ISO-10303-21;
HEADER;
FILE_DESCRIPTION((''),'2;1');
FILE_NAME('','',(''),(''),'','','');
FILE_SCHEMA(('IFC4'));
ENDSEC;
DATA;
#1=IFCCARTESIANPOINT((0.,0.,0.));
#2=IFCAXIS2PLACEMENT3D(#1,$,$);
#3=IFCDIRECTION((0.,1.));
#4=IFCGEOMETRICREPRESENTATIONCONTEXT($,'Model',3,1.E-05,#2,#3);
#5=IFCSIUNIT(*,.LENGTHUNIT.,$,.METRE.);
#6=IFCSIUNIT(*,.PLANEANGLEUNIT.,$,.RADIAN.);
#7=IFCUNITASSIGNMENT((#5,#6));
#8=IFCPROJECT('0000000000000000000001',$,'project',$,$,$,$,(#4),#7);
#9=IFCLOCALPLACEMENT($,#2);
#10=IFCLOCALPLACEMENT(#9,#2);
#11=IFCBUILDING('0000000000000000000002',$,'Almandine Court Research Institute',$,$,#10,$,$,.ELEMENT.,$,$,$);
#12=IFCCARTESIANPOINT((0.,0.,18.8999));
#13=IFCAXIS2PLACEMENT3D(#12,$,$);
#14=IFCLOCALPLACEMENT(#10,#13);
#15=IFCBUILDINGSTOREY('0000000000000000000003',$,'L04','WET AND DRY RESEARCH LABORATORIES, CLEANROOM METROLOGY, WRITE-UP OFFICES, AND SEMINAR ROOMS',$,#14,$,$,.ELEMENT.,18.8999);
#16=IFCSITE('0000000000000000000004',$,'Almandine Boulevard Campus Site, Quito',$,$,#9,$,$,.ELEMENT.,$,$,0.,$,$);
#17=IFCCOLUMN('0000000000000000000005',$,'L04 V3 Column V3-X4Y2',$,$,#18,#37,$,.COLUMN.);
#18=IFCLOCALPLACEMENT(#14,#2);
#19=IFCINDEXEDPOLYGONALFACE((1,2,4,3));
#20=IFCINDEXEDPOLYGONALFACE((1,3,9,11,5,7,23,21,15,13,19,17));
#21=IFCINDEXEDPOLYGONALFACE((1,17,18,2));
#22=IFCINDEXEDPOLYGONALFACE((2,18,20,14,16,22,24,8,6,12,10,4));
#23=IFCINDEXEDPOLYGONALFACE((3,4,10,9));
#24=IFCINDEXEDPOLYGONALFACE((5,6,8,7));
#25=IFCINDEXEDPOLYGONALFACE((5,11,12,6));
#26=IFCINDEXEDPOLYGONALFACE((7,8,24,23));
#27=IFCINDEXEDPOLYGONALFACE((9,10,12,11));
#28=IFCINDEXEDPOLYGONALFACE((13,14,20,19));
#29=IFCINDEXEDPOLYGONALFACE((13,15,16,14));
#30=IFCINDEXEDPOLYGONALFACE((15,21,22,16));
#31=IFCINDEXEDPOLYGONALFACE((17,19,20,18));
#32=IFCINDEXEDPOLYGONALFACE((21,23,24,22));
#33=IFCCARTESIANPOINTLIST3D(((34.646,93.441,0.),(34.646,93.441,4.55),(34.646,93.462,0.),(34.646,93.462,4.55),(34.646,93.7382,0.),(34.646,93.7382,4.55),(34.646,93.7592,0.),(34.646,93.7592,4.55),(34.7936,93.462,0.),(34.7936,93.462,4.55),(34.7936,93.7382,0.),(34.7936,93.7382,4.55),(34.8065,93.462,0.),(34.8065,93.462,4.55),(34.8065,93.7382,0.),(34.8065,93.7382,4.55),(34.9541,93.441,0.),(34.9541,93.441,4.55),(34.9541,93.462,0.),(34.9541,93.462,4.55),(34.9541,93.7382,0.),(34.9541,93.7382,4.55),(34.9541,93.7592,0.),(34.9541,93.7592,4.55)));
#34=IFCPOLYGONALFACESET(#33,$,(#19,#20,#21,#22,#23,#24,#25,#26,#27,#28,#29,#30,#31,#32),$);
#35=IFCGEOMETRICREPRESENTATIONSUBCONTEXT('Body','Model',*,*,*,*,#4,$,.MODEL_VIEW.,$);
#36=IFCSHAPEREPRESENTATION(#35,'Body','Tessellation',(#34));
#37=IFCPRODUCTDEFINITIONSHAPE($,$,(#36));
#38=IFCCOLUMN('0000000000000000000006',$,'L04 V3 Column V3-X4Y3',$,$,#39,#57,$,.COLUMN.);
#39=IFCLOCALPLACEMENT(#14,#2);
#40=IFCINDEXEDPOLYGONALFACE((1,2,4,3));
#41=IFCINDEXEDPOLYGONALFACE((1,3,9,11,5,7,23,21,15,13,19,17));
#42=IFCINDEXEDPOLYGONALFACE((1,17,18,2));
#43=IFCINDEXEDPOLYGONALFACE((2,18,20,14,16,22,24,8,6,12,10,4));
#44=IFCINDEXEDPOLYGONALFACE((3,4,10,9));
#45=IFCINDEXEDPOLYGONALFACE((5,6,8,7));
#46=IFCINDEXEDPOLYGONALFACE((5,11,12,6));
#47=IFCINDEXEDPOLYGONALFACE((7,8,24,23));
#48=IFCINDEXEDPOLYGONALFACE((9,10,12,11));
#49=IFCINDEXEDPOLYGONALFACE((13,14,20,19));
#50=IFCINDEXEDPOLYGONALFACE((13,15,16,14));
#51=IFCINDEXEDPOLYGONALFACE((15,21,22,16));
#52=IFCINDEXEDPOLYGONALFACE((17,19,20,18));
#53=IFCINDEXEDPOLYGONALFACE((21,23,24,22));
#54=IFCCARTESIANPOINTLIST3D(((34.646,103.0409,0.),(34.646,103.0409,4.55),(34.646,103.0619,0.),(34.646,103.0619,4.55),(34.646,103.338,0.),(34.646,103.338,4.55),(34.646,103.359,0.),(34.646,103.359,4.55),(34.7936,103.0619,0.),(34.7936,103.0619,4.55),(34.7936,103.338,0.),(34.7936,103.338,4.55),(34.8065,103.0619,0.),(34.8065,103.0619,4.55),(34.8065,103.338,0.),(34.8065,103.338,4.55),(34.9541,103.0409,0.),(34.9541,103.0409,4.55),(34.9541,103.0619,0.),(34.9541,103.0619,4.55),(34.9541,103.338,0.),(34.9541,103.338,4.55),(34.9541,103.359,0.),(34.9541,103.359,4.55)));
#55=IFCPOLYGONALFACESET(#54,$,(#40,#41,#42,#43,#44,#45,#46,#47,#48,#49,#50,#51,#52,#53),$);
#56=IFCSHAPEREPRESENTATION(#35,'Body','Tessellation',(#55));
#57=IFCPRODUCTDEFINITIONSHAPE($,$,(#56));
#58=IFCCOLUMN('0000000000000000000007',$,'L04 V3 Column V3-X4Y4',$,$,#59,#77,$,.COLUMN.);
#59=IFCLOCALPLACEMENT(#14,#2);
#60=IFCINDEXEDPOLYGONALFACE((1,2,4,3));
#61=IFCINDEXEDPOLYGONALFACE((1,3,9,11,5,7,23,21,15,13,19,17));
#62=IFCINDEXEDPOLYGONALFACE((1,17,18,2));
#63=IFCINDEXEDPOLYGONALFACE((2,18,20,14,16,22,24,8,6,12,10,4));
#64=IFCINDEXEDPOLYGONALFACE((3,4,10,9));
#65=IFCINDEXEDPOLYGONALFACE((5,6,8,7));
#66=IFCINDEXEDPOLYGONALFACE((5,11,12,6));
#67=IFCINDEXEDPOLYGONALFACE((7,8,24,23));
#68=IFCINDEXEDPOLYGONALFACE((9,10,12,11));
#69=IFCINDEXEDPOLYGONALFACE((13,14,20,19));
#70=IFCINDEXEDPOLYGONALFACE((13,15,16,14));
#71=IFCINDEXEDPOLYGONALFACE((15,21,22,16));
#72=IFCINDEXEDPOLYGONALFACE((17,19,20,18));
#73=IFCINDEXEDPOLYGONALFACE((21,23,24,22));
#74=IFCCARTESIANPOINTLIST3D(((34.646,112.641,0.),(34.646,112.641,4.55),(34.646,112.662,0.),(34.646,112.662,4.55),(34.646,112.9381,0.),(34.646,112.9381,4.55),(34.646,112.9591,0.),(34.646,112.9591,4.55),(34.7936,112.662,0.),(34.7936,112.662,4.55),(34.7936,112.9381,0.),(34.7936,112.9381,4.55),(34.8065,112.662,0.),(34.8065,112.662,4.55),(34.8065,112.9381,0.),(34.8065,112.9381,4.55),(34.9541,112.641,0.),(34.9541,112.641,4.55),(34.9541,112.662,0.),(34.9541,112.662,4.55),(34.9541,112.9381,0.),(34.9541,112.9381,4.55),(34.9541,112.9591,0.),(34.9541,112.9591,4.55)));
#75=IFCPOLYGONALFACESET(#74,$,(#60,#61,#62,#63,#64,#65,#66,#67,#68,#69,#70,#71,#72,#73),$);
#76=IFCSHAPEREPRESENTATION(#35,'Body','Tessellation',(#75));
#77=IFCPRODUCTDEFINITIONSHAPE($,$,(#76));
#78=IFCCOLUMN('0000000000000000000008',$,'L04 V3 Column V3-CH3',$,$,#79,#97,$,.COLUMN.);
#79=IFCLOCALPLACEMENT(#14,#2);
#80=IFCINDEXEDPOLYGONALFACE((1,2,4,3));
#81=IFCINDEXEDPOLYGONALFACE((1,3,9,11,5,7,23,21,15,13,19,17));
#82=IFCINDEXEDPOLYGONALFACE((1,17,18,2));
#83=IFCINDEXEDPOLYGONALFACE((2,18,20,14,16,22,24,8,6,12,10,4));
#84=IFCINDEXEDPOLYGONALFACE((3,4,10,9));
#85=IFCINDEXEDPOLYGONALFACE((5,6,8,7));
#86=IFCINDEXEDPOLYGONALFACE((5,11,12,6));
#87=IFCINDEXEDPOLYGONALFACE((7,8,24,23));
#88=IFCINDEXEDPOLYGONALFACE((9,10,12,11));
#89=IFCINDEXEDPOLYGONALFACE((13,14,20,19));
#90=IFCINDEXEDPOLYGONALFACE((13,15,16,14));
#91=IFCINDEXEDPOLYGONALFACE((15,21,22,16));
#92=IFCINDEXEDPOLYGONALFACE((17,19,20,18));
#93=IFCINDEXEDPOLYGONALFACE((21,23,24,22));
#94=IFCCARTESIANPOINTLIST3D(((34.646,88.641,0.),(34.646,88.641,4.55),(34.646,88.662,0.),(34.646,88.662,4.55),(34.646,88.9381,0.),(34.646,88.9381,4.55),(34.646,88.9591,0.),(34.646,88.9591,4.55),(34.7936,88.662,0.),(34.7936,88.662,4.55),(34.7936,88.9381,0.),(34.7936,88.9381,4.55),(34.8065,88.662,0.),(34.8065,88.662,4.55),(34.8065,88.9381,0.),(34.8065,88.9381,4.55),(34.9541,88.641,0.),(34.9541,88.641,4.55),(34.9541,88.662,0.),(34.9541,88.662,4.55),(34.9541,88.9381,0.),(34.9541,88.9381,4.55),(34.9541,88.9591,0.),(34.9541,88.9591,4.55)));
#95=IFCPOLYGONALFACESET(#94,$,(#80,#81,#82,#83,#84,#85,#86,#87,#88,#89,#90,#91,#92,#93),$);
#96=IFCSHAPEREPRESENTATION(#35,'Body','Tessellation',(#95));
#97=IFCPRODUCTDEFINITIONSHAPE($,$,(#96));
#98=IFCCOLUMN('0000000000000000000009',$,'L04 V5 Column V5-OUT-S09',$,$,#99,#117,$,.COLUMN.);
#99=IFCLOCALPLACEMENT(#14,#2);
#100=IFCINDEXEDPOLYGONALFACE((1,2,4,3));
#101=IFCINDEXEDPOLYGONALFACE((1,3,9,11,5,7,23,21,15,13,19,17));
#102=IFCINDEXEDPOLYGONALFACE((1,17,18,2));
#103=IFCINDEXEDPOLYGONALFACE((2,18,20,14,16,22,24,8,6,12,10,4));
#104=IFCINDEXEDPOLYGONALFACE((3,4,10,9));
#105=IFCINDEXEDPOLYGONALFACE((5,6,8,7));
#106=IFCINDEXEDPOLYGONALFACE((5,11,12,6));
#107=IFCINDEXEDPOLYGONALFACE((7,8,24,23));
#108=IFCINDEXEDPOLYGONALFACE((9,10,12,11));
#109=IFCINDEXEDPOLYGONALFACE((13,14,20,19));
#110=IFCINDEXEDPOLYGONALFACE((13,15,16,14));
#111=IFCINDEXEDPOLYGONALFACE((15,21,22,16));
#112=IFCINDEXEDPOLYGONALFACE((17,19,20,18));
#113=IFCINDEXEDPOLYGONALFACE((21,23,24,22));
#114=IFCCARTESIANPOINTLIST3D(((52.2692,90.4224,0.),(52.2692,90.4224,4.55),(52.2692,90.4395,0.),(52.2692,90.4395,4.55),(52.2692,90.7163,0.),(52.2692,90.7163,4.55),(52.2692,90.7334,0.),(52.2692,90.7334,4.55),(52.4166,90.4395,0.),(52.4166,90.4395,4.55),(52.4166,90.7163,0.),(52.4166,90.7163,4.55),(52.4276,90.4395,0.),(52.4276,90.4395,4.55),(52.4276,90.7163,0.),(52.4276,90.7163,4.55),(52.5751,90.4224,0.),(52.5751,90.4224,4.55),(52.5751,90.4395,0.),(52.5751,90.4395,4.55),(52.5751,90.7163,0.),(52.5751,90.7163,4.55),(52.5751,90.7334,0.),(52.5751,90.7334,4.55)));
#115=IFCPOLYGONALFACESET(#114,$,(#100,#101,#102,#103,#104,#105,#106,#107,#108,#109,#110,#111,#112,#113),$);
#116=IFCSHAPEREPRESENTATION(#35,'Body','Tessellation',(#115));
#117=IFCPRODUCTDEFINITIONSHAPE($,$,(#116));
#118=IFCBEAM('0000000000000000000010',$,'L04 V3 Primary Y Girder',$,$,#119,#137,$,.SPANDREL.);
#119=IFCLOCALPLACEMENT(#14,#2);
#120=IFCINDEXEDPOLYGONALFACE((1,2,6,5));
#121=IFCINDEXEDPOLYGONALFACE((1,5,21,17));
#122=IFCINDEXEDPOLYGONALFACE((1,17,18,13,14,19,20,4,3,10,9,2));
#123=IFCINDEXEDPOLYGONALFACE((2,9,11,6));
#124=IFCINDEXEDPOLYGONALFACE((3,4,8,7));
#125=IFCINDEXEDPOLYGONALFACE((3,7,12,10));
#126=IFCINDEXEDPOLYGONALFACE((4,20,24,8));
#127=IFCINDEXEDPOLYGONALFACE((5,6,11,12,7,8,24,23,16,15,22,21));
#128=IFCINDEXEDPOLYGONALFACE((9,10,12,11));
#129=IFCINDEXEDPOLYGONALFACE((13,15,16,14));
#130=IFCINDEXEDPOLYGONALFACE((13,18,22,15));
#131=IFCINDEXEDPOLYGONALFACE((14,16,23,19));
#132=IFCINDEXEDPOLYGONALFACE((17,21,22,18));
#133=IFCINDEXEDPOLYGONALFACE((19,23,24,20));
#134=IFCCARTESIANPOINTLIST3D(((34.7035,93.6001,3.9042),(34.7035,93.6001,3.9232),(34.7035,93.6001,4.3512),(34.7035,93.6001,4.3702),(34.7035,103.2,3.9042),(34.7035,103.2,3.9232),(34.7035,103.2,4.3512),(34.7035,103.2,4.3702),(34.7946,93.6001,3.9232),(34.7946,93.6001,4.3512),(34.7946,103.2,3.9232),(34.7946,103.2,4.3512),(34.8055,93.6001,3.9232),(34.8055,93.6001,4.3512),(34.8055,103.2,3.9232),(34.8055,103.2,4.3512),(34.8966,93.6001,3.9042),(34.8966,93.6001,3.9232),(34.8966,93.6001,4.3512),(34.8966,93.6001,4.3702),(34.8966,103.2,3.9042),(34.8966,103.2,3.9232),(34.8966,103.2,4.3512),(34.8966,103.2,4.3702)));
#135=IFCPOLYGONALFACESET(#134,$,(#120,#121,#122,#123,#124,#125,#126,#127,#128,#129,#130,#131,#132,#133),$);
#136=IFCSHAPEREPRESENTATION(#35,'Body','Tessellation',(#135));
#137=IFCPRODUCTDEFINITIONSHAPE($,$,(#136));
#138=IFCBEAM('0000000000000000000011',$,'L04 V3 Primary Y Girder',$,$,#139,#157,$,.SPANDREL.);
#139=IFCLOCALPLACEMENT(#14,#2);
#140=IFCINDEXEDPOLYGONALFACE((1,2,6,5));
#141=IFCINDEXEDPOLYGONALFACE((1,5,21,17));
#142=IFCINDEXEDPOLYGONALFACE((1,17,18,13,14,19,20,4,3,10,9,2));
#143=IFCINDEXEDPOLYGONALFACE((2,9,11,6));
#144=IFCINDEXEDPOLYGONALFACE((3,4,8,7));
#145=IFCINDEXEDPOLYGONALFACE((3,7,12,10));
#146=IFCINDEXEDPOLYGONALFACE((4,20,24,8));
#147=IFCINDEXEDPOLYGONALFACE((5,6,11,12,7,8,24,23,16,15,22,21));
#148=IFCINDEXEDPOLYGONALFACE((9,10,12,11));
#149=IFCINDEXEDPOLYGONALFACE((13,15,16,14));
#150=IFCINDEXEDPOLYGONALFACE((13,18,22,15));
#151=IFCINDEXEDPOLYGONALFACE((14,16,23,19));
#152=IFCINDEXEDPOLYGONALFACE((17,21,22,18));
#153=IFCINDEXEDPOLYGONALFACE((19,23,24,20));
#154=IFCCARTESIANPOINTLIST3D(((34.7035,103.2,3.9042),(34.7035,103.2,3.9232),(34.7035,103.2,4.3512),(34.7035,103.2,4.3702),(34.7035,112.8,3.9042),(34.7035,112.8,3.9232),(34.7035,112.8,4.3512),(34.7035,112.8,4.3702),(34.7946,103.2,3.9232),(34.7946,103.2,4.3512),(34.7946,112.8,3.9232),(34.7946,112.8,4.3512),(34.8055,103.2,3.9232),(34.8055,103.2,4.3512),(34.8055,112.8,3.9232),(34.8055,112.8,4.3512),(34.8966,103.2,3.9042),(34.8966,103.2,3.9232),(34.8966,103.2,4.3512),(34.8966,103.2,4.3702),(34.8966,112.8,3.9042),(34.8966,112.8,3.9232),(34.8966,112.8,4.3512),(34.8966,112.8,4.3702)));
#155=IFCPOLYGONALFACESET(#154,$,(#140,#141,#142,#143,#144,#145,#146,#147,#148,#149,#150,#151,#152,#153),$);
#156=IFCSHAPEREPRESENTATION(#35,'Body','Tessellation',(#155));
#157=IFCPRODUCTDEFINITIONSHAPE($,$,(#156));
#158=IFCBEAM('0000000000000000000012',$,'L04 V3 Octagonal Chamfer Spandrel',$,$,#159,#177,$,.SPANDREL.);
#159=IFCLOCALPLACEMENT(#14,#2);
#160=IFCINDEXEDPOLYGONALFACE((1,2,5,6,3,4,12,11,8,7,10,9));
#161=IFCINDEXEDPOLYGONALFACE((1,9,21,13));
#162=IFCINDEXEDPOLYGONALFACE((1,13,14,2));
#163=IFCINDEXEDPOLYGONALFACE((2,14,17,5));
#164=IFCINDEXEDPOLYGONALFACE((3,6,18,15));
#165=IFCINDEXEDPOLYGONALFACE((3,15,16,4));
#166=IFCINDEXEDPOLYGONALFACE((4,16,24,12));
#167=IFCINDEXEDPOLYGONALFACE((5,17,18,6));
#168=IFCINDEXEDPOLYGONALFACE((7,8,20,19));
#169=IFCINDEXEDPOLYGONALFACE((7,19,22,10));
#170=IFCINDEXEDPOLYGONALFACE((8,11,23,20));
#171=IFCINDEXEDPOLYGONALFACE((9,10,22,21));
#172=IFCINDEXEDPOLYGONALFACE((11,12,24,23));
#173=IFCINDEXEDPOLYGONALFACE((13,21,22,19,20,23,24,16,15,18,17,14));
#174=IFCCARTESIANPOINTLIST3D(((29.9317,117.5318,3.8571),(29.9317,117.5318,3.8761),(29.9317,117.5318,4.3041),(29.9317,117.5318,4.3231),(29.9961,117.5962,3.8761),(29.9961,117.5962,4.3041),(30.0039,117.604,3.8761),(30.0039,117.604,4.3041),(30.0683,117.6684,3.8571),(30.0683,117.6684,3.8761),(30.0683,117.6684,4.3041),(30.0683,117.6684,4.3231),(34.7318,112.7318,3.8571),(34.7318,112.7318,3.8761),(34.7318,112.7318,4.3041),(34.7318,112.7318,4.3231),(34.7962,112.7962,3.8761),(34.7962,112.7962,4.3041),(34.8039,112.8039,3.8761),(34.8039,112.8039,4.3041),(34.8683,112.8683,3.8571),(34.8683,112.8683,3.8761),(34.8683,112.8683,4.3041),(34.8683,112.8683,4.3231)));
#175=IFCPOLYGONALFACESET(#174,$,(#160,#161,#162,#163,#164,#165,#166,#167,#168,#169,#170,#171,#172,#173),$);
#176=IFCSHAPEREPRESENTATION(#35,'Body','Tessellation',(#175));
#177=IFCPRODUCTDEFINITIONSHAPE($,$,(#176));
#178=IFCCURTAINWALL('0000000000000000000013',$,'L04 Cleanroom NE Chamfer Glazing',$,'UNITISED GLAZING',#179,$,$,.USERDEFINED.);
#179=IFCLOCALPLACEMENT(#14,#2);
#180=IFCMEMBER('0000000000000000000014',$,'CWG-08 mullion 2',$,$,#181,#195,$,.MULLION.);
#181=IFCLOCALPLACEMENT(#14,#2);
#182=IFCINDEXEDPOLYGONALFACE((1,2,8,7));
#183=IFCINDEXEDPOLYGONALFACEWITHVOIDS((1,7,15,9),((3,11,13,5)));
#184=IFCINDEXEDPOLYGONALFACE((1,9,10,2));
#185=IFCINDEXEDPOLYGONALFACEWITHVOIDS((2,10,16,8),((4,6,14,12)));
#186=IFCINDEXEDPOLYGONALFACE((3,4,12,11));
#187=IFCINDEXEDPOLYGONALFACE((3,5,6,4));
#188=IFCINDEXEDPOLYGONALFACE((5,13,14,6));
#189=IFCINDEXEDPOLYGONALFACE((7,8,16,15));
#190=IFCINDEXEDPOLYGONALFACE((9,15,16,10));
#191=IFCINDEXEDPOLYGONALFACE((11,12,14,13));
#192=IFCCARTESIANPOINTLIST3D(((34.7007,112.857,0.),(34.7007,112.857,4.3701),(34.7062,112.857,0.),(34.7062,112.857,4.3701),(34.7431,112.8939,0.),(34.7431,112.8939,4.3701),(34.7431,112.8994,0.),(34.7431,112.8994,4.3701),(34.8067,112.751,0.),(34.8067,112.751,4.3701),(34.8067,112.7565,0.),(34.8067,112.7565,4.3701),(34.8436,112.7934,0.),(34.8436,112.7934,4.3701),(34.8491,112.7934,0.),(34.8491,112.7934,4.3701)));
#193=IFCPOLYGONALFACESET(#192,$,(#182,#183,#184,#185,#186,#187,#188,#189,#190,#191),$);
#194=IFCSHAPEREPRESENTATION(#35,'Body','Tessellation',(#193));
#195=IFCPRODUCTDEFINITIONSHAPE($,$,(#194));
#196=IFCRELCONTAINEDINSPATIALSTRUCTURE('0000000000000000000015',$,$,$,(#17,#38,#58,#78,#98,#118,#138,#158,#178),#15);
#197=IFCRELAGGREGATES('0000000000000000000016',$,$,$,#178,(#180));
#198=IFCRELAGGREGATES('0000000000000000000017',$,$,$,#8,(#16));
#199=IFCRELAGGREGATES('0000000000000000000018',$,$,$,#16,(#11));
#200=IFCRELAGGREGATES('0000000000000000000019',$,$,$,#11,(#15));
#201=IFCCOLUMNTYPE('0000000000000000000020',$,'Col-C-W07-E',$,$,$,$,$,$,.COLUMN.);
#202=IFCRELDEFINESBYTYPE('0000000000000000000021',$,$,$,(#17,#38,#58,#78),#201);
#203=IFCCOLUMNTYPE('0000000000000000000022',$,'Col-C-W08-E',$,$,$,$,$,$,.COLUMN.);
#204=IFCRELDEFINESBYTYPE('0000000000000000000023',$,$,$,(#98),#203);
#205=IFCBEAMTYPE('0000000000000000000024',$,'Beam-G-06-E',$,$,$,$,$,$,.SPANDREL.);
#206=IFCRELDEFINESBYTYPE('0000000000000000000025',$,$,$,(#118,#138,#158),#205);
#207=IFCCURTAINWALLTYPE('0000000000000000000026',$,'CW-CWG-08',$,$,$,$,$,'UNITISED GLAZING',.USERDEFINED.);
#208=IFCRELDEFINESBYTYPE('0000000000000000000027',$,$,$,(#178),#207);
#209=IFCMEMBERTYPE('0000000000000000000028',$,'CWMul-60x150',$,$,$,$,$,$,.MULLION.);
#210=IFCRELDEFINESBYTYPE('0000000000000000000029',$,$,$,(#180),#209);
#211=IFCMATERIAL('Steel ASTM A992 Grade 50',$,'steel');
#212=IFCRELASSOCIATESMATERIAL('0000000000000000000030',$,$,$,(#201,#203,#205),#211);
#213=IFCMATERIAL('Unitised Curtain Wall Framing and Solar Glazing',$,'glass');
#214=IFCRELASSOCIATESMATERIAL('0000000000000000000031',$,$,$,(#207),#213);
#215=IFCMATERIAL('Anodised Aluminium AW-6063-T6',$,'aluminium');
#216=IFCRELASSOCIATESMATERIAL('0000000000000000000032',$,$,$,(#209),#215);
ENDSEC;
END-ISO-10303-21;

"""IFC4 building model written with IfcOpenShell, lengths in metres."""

from ifc_helpers import new_model, si_unit, direction, frame, origin, origin_2d, place, context, subcontext, project, spatial, hollow_rectangle, i_section, extrude, material, material_profile, profile_set, type_object, element, aggregate, save


model = new_model("IFC4")

# Units and contexts
model_context = context("Model", 3, precision=1e-05, world=origin(), true_north=direction((0.0, 1.0)))
body_context = subcontext(model_context, "Body", "Model", "MODEL_VIEW")
ifc_project = project(units=[si_unit("LENGTHUNIT", "METRE"), si_unit("PLANEANGLEUNIT", "RADIAN")], contexts=[model_context])

# Site, building, storey
site_placement = place(None, origin())
site = spatial("IfcSite", under=ifc_project, at=site_placement, Name="Almandine Boulevard Campus Site, Quito", CompositionType="ELEMENT", RefElevation=0.0)
building_placement = place(site_placement, origin())
building = spatial("IfcBuilding", under=site, at=building_placement, Name="Almandine Court Research Institute", CompositionType="ELEMENT")
storey_placement = place(building_placement, frame((0.0, 0.0, 18.8999)))
storey = spatial("IfcBuildingStorey", under=building, at=storey_placement, Name="L04", Description="WET AND DRY RESEARCH LABORATORIES, CLEANROOM METROLOGY, WRITE-UP OFFICES, AND SEMINAR ROOMS", CompositionType="ELEMENT", Elevation=18.8999)

# Columns
ifc_material_1 = material(Name="Steel ASTM A992 Grade 50", Category="steel")
ifc_material_profile_1 = material_profile(ifc_material_1, i_section(OverallWidth=0.3081, OverallDepth=0.3181, WebThickness=0.0129, FlangeThickness=0.021, at=origin_2d()), Name="W310x129")
ifc_profile_set_1 = profile_set([ifc_material_profile_1], Name="Steel ASTM A992 Grade 50")
column_type_1 = type_object("IfcColumnType", Name="Col-C-W07-E", PredefinedType="COLUMN", material=ifc_profile_set_1)
for number, where, z_axis, x_axis, name in (
    (1, (34.8, 93.6001, 0.0), (0.0, 0.0, 1.0), (1.0, 0.0, 0.0), "L04 V3 Column V3-X4Y2"),
    (2, (34.8, 103.2, 0.0), (0.0, 0.0, 1.0), (1.0, 0.0, 0.0), "L04 V3 Column V3-X4Y3"),
    (3, (34.8, 112.8, 0.0), (0.0, 0.0, 1.0), (1.0, 0.0, 0.0), "L04 V3 Column V3-X4Y4"),
    (4, (34.8, 88.8, 0.0), (0.0, 0.0, 1.0), (1.0, 0.0, 0.0), "L04 V3 Column V3-CH3"),
):
    element("IfcColumn", number, at=place(storey_placement, frame(where, z_axis=z_axis, x_axis=x_axis)), inside=storey, type_object=column_type_1, Name=name, PredefinedType="COLUMN", context=body_context, shape_type="SweptSolid", body=[
        extrude(i_section(OverallWidth=0.3081, OverallDepth=0.3181, WebThickness=0.0129, FlangeThickness=0.021, at=origin_2d()), origin(), (0.0, 0.0, 1.0), 4.55),
    ])
ifc_material_profile_2 = material_profile(ifc_material_1, i_section(OverallWidth=0.3059, OverallDepth=0.311, WebThickness=0.011, FlangeThickness=0.0171, at=origin_2d()), Name="W310x107")
ifc_profile_set_2 = profile_set([ifc_material_profile_2], Name="Steel ASTM A992 Grade 50")
column_type_2 = type_object("IfcColumnType", Name="Col-C-W08-E", PredefinedType="COLUMN", material=ifc_profile_set_2)
column_placement = place(storey_placement, frame((52.4221, 90.5779, 0.0), z_axis=(0.0, 0.0, 1.0), x_axis=(1.0, 0.0, 0.0)))
element("IfcColumn", 5, at=column_placement, inside=storey, type_object=column_type_2, Name="L04 V5 Column V5-OUT-S09", PredefinedType="COLUMN", context=body_context, shape_type="SweptSolid", body=[
    extrude(i_section(OverallWidth=0.3059, OverallDepth=0.311, WebThickness=0.011, FlangeThickness=0.0171, at=origin_2d()), origin(), (0.0, 0.0, 1.0), 4.55),
])

# Beams
ifc_material_profile_3 = material_profile(ifc_material_1, i_section(OverallWidth=0.1931, OverallDepth=0.4661, WebThickness=0.011, FlangeThickness=0.019, at=origin_2d()), Name="W460x97")
ifc_profile_set_3 = profile_set([ifc_material_profile_3], Name="Steel ASTM A992 Grade 50")
beam_type = type_object("IfcBeamType", Name="Beam-G-06-E", PredefinedType="SPANDREL", material=ifc_profile_set_3)
beam_1_placement = place(storey_placement, frame((34.8, 93.6001, 4.1372), z_axis=(0.0, 1.0, 0.0), x_axis=(-1.0, 0.0, 0.0)))
element("IfcBeam", 6, at=beam_1_placement, inside=storey, type_object=beam_type, Name="L04 V3 Primary Y Girder", PredefinedType="SPANDREL", context=body_context, shape_type="SweptSolid", body=[
    extrude(i_section(OverallWidth=0.1931, OverallDepth=0.4661, WebThickness=0.011, FlangeThickness=0.019, at=origin_2d()), origin(), (0.0, 0.0, 1.0), 9.5999),
])
beam_2_placement = place(storey_placement, frame((34.8, 103.2, 4.1372), z_axis=(0.0, 1.0, 0.0), x_axis=(-1.0, 0.0, 0.0)))
element("IfcBeam", 7, at=beam_2_placement, inside=storey, type_object=beam_type, Name="L04 V3 Primary Y Girder", PredefinedType="SPANDREL", context=body_context, shape_type="SweptSolid", body=[
    extrude(i_section(OverallWidth=0.1931, OverallDepth=0.4661, WebThickness=0.011, FlangeThickness=0.019, at=origin_2d()), origin(), (0.0, 0.0, 1.0), 9.6001),
])
beam_3_placement = place(storey_placement, frame((34.8, 112.8, 4.0901), z_axis=(-0.707107, 0.707107, 0.0), x_axis=(-0.707107, -0.707107, 0.0)))
element("IfcBeam", 8, at=beam_3_placement, inside=storey, type_object=beam_type, Name="L04 V3 Octagonal Chamfer Spandrel", PredefinedType="SPANDREL", context=body_context, shape_type="SweptSolid", body=[
    extrude(i_section(OverallWidth=0.1931, OverallDepth=0.4661, WebThickness=0.011, FlangeThickness=0.019, at=origin_2d()), origin(), (0.0, 0.0, 1.0), 6.7883),
])

# Curtain wall, member
ifc_material_2 = material(Name="Unitised Curtain Wall Framing and Solar Glazing", Category="glass")
curtain_wall_type_1 = type_object("IfcCurtainWallType", Name="CW-CWG-08", ElementType="UNITISED GLAZING", PredefinedType="USERDEFINED", material=ifc_material_2)
curtain_wall_1_placement = place(storey_placement, origin())
curtain_wall_1 = element("IfcCurtainWall", 9, at=curtain_wall_1_placement, inside=storey, type_object=curtain_wall_type_1, Name="L04 Cleanroom NE Chamfer Glazing", ObjectType="UNITISED GLAZING", PredefinedType="USERDEFINED")
ifc_material_3 = material(Name="Anodised Aluminium AW-6063-T6", Category="aluminium")
ifc_material_profile_4 = material_profile(ifc_material_3, hollow_rectangle(XDim=0.0601, YDim=0.1499, WallThickness=0.0039, at=origin_2d()), Name="ALU RHS 60x150x4")
ifc_profile_set_4 = profile_set([ifc_material_profile_4], Name="Anodised Aluminium AW-6063-T6")
member_type_1 = type_object("IfcMemberType", Name="CWMul-60x150", PredefinedType="MULLION", material=ifc_profile_set_4)
member_1_placement = place(storey_placement, frame((34.7749, 112.8252, 0.0), z_axis=(0.0, 0.0, 1.0), x_axis=(0.707107, 0.707107, 0.0)))
member_1 = element("IfcMember", 10, at=member_1_placement, type_object=member_type_1, Name="CWG-08 mullion 2", PredefinedType="MULLION", context=body_context, shape_type="SweptSolid", body=[
    extrude(hollow_rectangle(XDim=0.0601, YDim=0.1499, WallThickness=0.0039, at=origin_2d()), origin(), (0.0, 0.0, 1.0), 4.3701),
])
aggregate(curtain_wall_1, [member_1])

save(model, "model.ifc")
